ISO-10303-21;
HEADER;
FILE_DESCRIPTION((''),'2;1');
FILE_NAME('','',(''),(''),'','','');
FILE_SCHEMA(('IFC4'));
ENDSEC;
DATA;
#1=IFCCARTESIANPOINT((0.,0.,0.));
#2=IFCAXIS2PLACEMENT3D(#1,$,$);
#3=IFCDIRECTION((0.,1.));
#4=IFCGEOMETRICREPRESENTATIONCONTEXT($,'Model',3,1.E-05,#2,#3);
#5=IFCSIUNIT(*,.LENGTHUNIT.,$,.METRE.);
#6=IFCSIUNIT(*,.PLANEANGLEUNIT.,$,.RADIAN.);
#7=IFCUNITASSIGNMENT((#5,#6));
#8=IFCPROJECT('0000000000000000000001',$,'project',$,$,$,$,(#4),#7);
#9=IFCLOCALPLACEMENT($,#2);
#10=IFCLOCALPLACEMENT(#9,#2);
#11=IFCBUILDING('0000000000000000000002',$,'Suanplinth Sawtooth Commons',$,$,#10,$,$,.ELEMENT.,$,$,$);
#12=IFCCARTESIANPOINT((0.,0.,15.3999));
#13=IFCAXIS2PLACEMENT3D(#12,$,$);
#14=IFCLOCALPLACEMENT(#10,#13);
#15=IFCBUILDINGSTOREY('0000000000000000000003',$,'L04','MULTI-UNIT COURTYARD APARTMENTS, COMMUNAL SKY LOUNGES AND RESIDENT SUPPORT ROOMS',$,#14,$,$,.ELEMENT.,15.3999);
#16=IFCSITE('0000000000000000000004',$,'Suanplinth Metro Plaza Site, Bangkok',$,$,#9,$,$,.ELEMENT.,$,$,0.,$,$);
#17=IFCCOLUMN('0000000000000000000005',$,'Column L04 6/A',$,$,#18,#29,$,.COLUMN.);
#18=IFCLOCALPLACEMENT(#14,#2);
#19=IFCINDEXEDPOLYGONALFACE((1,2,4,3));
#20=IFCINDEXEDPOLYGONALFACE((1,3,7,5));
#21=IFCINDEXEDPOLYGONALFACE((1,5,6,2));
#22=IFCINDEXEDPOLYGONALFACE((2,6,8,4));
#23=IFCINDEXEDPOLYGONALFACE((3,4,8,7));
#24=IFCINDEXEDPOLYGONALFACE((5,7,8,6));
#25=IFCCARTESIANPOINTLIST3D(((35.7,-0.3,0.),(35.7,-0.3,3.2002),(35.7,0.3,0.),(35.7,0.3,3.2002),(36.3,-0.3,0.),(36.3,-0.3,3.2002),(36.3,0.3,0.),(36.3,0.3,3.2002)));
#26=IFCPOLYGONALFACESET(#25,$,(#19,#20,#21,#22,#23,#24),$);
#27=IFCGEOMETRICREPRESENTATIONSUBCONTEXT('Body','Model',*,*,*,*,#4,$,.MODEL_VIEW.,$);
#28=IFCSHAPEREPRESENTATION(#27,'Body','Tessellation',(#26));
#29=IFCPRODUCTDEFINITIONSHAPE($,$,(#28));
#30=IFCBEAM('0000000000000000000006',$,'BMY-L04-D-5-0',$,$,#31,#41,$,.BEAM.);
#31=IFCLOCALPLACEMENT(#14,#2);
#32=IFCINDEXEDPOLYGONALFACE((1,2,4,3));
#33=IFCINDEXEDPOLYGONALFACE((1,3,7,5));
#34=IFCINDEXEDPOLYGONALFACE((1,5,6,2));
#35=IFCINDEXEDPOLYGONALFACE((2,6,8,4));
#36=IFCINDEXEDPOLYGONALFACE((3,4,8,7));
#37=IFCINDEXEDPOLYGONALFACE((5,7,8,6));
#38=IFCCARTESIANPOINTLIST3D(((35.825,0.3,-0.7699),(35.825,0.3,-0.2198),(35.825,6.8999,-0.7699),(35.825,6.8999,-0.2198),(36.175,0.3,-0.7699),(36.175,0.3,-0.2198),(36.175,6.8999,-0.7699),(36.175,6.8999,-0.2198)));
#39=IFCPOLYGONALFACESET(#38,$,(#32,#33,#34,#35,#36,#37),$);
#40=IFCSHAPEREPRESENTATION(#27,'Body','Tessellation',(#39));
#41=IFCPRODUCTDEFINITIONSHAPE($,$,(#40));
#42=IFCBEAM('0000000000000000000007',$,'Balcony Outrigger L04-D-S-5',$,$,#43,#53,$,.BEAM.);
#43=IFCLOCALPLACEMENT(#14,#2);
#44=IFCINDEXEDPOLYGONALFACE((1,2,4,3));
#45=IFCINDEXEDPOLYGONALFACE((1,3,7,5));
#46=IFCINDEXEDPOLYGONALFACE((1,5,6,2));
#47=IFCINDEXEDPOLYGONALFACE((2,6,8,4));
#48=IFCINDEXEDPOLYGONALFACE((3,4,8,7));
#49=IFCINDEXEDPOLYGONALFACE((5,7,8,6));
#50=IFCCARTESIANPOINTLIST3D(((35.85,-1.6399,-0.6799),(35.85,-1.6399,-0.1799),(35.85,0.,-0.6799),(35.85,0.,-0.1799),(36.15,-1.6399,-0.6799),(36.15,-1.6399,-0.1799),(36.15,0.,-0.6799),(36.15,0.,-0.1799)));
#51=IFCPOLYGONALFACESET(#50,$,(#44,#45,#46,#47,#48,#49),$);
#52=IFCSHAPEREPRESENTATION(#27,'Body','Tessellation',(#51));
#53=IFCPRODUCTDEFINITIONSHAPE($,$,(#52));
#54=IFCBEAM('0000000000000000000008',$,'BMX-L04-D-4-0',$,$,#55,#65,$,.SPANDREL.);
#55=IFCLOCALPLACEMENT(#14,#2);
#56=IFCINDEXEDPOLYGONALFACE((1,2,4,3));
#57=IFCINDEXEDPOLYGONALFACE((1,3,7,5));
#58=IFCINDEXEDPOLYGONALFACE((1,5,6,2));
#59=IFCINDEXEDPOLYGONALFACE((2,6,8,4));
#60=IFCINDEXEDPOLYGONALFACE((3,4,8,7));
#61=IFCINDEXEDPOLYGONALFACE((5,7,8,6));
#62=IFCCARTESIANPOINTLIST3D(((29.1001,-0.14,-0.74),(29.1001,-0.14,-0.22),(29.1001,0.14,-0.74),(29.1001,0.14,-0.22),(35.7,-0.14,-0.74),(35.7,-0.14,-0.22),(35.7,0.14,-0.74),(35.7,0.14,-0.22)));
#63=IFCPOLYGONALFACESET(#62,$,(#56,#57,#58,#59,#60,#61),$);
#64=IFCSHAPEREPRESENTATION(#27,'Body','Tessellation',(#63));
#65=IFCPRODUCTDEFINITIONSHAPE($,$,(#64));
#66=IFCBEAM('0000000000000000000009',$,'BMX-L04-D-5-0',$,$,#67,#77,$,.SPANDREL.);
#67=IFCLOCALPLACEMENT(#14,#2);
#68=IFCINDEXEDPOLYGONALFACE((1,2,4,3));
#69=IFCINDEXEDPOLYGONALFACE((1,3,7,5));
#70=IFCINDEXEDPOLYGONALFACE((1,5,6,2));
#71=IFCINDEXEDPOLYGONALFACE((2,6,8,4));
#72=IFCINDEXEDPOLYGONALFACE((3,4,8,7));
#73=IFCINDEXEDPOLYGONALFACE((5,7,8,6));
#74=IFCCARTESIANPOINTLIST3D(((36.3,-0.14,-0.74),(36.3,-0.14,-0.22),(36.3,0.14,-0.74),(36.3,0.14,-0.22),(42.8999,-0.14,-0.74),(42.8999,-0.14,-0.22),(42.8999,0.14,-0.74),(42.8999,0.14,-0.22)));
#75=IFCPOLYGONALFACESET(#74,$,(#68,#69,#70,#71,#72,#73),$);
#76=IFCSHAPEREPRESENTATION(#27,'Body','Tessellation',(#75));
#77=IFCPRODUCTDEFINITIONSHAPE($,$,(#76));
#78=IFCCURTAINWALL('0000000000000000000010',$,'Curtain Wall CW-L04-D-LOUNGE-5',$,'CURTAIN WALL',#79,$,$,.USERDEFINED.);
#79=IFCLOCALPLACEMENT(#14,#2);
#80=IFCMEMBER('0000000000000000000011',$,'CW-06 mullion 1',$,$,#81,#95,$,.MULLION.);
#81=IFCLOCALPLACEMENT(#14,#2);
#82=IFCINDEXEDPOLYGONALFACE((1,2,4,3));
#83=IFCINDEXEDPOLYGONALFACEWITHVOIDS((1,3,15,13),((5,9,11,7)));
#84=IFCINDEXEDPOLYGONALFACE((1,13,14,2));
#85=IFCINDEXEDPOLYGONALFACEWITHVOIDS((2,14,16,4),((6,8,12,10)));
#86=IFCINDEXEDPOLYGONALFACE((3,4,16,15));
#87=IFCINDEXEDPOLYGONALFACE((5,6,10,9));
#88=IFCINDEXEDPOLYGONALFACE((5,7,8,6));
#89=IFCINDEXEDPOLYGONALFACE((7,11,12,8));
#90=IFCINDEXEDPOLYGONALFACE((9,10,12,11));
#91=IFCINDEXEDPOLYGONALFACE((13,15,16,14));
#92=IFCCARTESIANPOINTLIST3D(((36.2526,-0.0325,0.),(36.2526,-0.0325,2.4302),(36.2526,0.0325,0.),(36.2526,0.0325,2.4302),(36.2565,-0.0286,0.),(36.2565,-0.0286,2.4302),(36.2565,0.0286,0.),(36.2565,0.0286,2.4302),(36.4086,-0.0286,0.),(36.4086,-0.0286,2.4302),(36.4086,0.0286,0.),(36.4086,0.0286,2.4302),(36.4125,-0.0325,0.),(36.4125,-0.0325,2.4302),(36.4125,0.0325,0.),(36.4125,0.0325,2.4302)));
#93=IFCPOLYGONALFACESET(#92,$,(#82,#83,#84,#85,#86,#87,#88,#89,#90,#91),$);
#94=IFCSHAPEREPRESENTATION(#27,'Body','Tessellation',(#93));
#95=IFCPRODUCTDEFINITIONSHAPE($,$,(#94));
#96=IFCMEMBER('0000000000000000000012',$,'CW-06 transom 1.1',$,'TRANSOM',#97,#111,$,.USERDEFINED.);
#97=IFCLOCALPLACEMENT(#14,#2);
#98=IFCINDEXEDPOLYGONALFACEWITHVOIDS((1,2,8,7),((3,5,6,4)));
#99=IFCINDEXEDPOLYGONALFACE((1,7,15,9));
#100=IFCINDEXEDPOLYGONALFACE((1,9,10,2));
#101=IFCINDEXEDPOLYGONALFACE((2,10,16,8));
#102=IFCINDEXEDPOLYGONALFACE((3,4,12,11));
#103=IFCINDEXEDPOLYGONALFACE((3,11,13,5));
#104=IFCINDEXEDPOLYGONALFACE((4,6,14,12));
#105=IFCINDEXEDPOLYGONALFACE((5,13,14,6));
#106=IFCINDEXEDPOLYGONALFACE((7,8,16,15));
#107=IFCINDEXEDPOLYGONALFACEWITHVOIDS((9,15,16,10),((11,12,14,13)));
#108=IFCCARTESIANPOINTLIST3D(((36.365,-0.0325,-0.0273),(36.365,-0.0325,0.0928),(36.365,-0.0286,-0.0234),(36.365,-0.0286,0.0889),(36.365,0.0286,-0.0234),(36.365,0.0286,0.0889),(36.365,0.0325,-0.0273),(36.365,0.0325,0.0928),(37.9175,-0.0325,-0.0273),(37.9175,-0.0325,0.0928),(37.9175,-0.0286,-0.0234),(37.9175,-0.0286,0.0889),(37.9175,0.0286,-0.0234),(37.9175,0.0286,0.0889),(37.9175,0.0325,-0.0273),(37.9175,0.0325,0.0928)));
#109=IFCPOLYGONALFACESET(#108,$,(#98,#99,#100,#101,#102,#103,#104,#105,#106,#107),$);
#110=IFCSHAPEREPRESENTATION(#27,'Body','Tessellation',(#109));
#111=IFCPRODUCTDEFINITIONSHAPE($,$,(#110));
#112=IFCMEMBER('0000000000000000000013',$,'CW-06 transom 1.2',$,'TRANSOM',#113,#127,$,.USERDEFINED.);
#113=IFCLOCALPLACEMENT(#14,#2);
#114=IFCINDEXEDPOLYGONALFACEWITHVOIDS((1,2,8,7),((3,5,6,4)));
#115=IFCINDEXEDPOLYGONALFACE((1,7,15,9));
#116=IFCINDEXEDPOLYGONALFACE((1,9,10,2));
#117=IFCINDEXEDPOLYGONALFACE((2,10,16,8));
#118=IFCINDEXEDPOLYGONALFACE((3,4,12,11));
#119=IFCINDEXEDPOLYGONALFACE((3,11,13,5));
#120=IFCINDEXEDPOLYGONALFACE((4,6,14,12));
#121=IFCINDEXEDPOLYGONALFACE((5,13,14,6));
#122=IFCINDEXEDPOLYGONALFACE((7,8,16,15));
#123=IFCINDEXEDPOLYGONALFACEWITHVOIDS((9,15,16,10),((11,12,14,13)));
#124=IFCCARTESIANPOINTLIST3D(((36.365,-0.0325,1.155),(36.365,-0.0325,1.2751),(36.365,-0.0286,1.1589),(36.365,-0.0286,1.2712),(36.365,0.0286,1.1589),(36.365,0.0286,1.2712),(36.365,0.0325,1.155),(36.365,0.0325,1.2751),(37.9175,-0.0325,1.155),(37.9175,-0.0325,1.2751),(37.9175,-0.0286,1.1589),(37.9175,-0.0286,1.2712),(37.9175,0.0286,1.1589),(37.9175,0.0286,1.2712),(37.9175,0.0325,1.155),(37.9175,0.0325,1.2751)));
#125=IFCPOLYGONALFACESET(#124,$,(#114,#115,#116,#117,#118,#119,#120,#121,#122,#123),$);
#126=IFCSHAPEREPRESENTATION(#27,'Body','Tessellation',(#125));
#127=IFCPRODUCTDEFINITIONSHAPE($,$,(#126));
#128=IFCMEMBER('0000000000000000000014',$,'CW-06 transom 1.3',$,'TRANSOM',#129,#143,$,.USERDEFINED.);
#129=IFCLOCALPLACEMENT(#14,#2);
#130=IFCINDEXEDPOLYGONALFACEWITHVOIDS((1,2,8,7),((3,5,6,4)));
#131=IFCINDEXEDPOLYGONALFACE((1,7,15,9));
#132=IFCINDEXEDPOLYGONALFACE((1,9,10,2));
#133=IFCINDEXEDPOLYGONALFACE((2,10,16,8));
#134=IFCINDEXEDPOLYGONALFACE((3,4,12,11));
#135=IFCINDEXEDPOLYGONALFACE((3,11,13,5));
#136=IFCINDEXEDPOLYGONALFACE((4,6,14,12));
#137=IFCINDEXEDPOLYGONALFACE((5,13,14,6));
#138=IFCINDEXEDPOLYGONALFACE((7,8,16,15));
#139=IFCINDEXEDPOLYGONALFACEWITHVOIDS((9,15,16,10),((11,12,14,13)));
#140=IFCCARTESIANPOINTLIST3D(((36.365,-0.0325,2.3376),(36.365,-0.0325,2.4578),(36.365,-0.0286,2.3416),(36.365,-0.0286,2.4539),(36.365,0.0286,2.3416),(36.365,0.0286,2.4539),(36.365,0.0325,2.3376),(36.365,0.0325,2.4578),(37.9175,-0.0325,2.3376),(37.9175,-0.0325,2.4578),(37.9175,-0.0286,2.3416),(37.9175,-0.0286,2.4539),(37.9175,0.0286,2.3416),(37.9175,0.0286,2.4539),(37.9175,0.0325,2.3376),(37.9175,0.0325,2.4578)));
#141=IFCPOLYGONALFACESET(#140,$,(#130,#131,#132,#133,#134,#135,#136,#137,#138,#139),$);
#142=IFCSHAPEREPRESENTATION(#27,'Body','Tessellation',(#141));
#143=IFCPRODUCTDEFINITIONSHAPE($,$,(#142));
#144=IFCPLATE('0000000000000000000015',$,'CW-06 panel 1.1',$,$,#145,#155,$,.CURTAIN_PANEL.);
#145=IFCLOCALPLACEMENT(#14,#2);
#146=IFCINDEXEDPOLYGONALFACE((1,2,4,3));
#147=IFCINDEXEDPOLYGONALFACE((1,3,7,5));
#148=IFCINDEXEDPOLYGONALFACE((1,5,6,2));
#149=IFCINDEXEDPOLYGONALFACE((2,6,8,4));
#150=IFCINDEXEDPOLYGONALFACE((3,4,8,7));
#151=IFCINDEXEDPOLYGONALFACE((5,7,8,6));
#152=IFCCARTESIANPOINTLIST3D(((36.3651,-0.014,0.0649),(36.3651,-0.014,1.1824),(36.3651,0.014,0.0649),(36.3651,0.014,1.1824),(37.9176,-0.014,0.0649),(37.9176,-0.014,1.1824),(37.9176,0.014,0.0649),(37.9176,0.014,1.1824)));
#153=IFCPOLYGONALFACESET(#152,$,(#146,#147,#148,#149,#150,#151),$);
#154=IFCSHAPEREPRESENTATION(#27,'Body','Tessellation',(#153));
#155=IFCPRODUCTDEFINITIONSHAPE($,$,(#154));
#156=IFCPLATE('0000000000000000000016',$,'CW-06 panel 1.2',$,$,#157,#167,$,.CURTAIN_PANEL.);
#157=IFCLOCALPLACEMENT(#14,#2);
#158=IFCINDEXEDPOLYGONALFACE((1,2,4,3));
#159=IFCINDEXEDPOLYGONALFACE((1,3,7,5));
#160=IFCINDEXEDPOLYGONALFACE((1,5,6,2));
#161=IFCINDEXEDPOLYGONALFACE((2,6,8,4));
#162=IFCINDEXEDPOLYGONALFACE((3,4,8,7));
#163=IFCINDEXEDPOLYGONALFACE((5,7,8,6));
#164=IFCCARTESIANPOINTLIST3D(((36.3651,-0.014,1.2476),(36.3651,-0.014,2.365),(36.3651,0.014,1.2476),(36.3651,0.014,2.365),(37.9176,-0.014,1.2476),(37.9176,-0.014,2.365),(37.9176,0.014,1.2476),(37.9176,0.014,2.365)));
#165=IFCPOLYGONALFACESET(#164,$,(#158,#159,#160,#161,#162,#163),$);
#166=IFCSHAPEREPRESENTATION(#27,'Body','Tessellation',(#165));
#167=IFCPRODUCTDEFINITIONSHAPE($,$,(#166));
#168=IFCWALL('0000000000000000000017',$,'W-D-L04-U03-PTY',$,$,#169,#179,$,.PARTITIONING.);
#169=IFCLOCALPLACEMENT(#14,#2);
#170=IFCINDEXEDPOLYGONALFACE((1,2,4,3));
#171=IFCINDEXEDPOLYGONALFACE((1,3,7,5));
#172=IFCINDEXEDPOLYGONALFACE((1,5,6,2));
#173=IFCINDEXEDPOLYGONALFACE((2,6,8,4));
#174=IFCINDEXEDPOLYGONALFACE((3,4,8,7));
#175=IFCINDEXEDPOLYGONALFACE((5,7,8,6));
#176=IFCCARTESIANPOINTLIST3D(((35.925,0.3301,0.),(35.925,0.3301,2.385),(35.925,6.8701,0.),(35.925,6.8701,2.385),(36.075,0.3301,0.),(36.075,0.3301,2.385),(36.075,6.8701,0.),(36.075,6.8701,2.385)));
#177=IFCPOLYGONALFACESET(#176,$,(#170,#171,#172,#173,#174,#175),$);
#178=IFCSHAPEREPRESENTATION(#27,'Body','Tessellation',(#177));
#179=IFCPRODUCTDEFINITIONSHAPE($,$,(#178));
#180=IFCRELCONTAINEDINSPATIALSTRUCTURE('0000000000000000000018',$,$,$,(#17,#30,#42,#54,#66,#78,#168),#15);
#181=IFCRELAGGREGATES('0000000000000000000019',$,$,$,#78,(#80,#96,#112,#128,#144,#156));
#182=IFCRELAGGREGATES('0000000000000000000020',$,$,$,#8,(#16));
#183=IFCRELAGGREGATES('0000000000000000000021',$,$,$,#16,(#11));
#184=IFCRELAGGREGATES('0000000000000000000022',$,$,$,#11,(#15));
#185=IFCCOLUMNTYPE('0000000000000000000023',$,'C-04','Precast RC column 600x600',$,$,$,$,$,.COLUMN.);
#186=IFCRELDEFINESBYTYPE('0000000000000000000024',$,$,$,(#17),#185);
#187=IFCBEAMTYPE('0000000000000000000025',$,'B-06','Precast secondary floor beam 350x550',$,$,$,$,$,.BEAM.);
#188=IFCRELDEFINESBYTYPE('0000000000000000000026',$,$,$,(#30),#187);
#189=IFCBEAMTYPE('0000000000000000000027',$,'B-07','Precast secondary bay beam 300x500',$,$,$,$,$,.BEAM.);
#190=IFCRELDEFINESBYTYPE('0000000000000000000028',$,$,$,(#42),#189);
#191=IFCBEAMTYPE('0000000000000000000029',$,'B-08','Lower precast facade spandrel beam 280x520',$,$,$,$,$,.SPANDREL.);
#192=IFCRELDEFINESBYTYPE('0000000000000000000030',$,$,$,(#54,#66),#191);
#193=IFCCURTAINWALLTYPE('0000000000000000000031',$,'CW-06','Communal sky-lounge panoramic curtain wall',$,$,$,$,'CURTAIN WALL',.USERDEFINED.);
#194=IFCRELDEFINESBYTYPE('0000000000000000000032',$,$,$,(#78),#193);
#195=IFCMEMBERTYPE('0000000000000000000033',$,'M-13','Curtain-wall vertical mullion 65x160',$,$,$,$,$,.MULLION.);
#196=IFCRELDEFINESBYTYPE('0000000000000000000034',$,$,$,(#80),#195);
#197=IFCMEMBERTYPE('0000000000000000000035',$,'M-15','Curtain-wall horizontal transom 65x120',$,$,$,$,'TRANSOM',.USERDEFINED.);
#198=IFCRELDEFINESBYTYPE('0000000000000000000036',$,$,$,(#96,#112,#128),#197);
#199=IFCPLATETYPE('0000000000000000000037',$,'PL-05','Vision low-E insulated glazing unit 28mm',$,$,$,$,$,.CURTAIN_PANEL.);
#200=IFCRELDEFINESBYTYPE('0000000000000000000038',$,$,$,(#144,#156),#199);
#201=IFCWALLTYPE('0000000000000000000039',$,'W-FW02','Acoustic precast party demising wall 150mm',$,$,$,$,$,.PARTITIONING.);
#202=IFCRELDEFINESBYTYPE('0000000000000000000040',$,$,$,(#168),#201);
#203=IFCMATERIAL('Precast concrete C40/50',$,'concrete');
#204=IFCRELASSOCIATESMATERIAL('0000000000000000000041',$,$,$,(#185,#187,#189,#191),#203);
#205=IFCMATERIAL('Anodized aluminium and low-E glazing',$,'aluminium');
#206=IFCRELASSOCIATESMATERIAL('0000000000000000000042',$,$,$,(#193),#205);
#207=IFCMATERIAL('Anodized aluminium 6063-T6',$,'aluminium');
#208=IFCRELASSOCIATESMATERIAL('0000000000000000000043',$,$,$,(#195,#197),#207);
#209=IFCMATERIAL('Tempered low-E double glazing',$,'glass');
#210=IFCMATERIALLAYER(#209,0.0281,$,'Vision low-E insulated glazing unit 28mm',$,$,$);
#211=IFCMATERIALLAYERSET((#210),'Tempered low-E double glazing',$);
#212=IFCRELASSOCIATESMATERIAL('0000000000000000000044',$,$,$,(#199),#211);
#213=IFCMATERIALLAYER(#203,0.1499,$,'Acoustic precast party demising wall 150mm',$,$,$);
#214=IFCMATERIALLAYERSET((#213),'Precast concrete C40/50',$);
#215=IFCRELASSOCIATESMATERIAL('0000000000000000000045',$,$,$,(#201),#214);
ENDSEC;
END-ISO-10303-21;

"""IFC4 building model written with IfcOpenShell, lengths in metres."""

from ifc_helpers import new_model, si_unit, direction, frame, frame_2d, origin, origin_2d, place, context, subcontext, project, spatial, rectangle, hollow_rectangle, extrude, material, layer, layer_set, material_profile, profile_set, type_object, element, aggregate, save


model = new_model("IFC4")

# Units and contexts
model_context = context("Model", 3, precision=1e-05, world=origin(), true_north=direction((0.0, 1.0)))
body_context = subcontext(model_context, "Body", "Model", "MODEL_VIEW")
ifc_project = project(units=[si_unit("LENGTHUNIT", "METRE"), si_unit("PLANEANGLEUNIT", "RADIAN")], contexts=[model_context])

# Site, building, storey
site_placement = place(None, origin())
site = spatial("IfcSite", under=ifc_project, at=site_placement, Name="Suanplinth Metro Plaza Site, Bangkok", CompositionType="ELEMENT", RefElevation=0.0)
building_placement = place(site_placement, origin())
building = spatial("IfcBuilding", under=site, at=building_placement, Name="Suanplinth Sawtooth Commons", CompositionType="ELEMENT")
storey_placement = place(building_placement, frame((0.0, 0.0, 15.3999)))
storey = spatial("IfcBuildingStorey", under=building, at=storey_placement, Name="L04", Description="MULTI-UNIT COURTYARD APARTMENTS, COMMUNAL SKY LOUNGES AND RESIDENT SUPPORT ROOMS", CompositionType="ELEMENT", Elevation=15.3999)

# Column
ifc_material_1 = material(Name="Precast concrete C40/50", Category="concrete")
ifc_material_profile_1 = material_profile(ifc_material_1, rectangle(XDim=0.6001, YDim=0.6001, at=origin_2d()), Name="PC-COL 600x600")
ifc_profile_set_1 = profile_set([ifc_material_profile_1], Name="Precast concrete C40/50")
column_type = type_object("IfcColumnType", Name="C-04", Description="Precast RC column 600x600", PredefinedType="COLUMN", material=ifc_profile_set_1)
column_placement = place(storey_placement, frame((36.0, 0.0, 0.0), z_axis=(0.0, 0.0, 1.0), x_axis=(1.0, 0.0, 0.0)))
element("IfcColumn", 1, at=column_placement, inside=storey, type_object=column_type, Name="Column L04 6/A", PredefinedType="COLUMN", context=body_context, shape_type="SweptSolid", body=[
    extrude(rectangle(XDim=0.6001, YDim=0.6001, at=origin_2d()), origin(), (0.0, 0.0, 1.0), 3.2002),
])

# Beams
ifc_material_profile_2 = material_profile(ifc_material_1, rectangle(XDim=0.3501, YDim=0.55, at=origin_2d()), Name="PC-BM 350x550")
ifc_profile_set_2 = profile_set([ifc_material_profile_2], Name="Precast concrete C40/50")
beam_type_1 = type_object("IfcBeamType", Name="B-06", Description="Precast secondary floor beam 350x550", PredefinedType="BEAM", material=ifc_profile_set_2)
beam_1_placement = place(storey_placement, frame((36.0, 0.3, -0.4949), z_axis=(0.0, 1.0, 0.0), x_axis=(-1.0, 0.0, 0.0)))
element("IfcBeam", 2, at=beam_1_placement, inside=storey, type_object=beam_type_1, Name="BMY-L04-D-5-0", PredefinedType="BEAM", context=body_context, shape_type="SweptSolid", body=[
    extrude(rectangle(XDim=0.3501, YDim=0.55, at=origin_2d()), origin(), (0.0, 0.0, 1.0), 6.5999),
])
ifc_material_profile_3 = material_profile(ifc_material_1, rectangle(XDim=0.3, YDim=0.5, at=origin_2d()), Name="PC-BM 300x500")
ifc_profile_set_3 = profile_set([ifc_material_profile_3], Name="Precast concrete C40/50")
beam_type_2 = type_object("IfcBeamType", Name="B-07", Description="Precast secondary bay beam 300x500", PredefinedType="BEAM", material=ifc_profile_set_3)
beam_2_placement = place(storey_placement, frame((36.0, 0.0, -0.4299), z_axis=(0.0, -1.0, 0.0), x_axis=(1.0, 0.0, 0.0)))
element("IfcBeam", 3, at=beam_2_placement, inside=storey, type_object=beam_type_2, Name="Balcony Outrigger L04-D-S-5", PredefinedType="BEAM", context=body_context, shape_type="SweptSolid", body=[
    extrude(rectangle(XDim=0.3, YDim=0.5, at=origin_2d()), origin(), (0.0, 0.0, 1.0), 1.6399),
])
ifc_material_profile_4 = material_profile(ifc_material_1, rectangle(XDim=0.28, YDim=0.52, at=origin_2d()), Name="PC-SP 280x520")
ifc_profile_set_4 = profile_set([ifc_material_profile_4], Name="Precast concrete C40/50")
beam_type_3 = type_object("IfcBeamType", Name="B-08", Description="Lower precast facade spandrel beam 280x520", PredefinedType="SPANDREL", material=ifc_profile_set_4)
for number, where, z_axis, x_axis, name in (
    (4, (29.1001, 0.0, -0.48), (1.0, 0.0, 0.0), (0.0, 1.0, 0.0), "BMX-L04-D-4-0"),
    (5, (36.3, 0.0, -0.48), (1.0, 0.0, 0.0), (0.0, 1.0, 0.0), "BMX-L04-D-5-0"),
):
    element("IfcBeam", number, at=place(storey_placement, frame(where, z_axis=z_axis, x_axis=x_axis)), inside=storey, type_object=beam_type_3, Name=name, PredefinedType="SPANDREL", context=body_context, shape_type="SweptSolid", body=[
        extrude(rectangle(XDim=0.28, YDim=0.52, at=origin_2d()), origin(), (0.0, 0.0, 1.0), 6.5999),
    ])

# Curtain wall, members, plates
ifc_material_2 = material(Name="Anodized aluminium and low-E glazing", Category="aluminium")
curtain_wall_type = type_object("IfcCurtainWallType", Name="CW-06", Description="Communal sky-lounge panoramic curtain wall", ElementType="CURTAIN WALL", PredefinedType="USERDEFINED", material=ifc_material_2)
curtain_wall_placement = place(storey_placement, origin())
curtain_wall = element("IfcCurtainWall", 6, at=curtain_wall_placement, inside=storey, type_object=curtain_wall_type, Name="Curtain Wall CW-L04-D-LOUNGE-5", ObjectType="CURTAIN WALL", PredefinedType="USERDEFINED")
ifc_material_3 = material(Name="Anodized aluminium 6063-T6", Category="aluminium")
ifc_material_profile_5 = material_profile(ifc_material_3, hollow_rectangle(XDim=0.0649, YDim=0.1599, WallThickness=0.0039, at=origin_2d()), Name="ALU-MUL 65x160")
ifc_profile_set_5 = profile_set([ifc_material_profile_5], Name="Anodized aluminium 6063-T6")
member_type_1 = type_object("IfcMemberType", Name="M-13", Description="Curtain-wall vertical mullion 65x160", PredefinedType="MULLION", material=ifc_profile_set_5)
member_1_placement = place(storey_placement, frame((36.3325, 0.0, 0.0), z_axis=(0.0, 0.0, 1.0), x_axis=(0.0, 1.0, 0.0)))
member_1 = element("IfcMember", 7, at=member_1_placement, type_object=member_type_1, Name="CW-06 mullion 1", PredefinedType="MULLION", context=body_context, shape_type="SweptSolid", body=[
    extrude(hollow_rectangle(XDim=0.0649, YDim=0.1599, WallThickness=0.0039, at=origin_2d()), origin(), (0.0, 0.0, 1.0), 2.4302),
])
ifc_material_profile_6 = material_profile(ifc_material_3, hollow_rectangle(XDim=0.0649, YDim=0.1201, WallThickness=0.0039, at=origin_2d()), Name="ALU-TRN 65x120")
ifc_profile_set_6 = profile_set([ifc_material_profile_6], Name="Anodized aluminium 6063-T6")
member_type_2 = type_object("IfcMemberType", Name="M-15", Description="Curtain-wall horizontal transom 65x120", ElementType="TRANSOM", PredefinedType="USERDEFINED", material=ifc_profile_set_6)
member_2_placement = place(storey_placement, frame((36.365, 0.0, 0.0327), z_axis=(1.0, 0.0, 0.0), x_axis=(0.0, 1.0, 0.0)))
member_2 = element("IfcMember", 8, at=member_2_placement, type_object=member_type_2, Name="CW-06 transom 1.1", ObjectType="TRANSOM", PredefinedType="USERDEFINED", context=body_context, shape_type="SweptSolid", body=[
    extrude(hollow_rectangle(XDim=0.0649, YDim=0.1201, WallThickness=0.0039, at=origin_2d()), origin(), (0.0, 0.0, 1.0), 1.5525),
])
member_3_placement = place(storey_placement, frame((36.365, 0.0, 1.2151), z_axis=(1.0, 0.0, 0.0), x_axis=(0.0, 1.0, 0.0)))
member_3 = element("IfcMember", 9, at=member_3_placement, type_object=member_type_2, Name="CW-06 transom 1.2", ObjectType="TRANSOM", PredefinedType="USERDEFINED", context=body_context, shape_type="SweptSolid", body=[
    extrude(hollow_rectangle(XDim=0.0649, YDim=0.1201, WallThickness=0.0039, at=origin_2d()), origin(), (0.0, 0.0, 1.0), 1.5525),
])
member_4_placement = place(storey_placement, frame((36.365, 0.0, 2.3977), z_axis=(1.0, 0.0, 0.0), x_axis=(0.0, 1.0, 0.0)))
member_4 = element("IfcMember", 10, at=member_4_placement, type_object=member_type_2, Name="CW-06 transom 1.3", ObjectType="TRANSOM", PredefinedType="USERDEFINED", context=body_context, shape_type="SweptSolid", body=[
    extrude(hollow_rectangle(XDim=0.0649, YDim=0.1201, WallThickness=0.0039, at=origin_2d()), origin(), (0.0, 0.0, 1.0), 1.5525),
])
ifc_material_4 = material(Name="Tempered low-E double glazing", Category="glass")
ifc_layer_1 = layer(ifc_material_4, 0.0281, Name="Vision low-E insulated glazing unit 28mm")
ifc_layer_set_1 = layer_set([ifc_layer_1], Name="Tempered low-E double glazing")
plate_type = type_object("IfcPlateType", Name="PL-05", Description="Vision low-E insulated glazing unit 28mm", PredefinedType="CURTAIN_PANEL", material=ifc_layer_set_1)
plate_1_placement = place(storey_placement, frame((37.1414, 0.0, 0.0649), z_axis=(0.0, 0.0, 1.0), x_axis=(1.0, 0.0, 0.0)))
plate_1 = element("IfcPlate", 11, at=plate_1_placement, type_object=plate_type, Name="CW-06 panel 1.1", PredefinedType="CURTAIN_PANEL", context=body_context, shape_type="SweptSolid", body=[
    extrude(rectangle(XDim=1.5525, YDim=0.0281, at=origin_2d()), origin(), (0.0, 0.0, 1.0), 1.1174),
])
plate_2_placement = place(storey_placement, frame((37.1414, 0.0, 1.2476), z_axis=(0.0, 0.0, 1.0), x_axis=(1.0, 0.0, 0.0)))
plate_2 = element("IfcPlate", 12, at=plate_2_placement, type_object=plate_type, Name="CW-06 panel 1.2", PredefinedType="CURTAIN_PANEL", context=body_context, shape_type="SweptSolid", body=[
    extrude(rectangle(XDim=1.5525, YDim=0.0281, at=origin_2d()), origin(), (0.0, 0.0, 1.0), 1.1174),
])
aggregate(curtain_wall, [member_1, member_2, member_3, member_4, plate_1, plate_2])

# Wall
ifc_layer_2 = layer(ifc_material_1, 0.1499, Name="Acoustic precast party demising wall 150mm")
ifc_layer_set_2 = layer_set([ifc_layer_2], Name="Precast concrete C40/50")
wall_type_1 = type_object("IfcWallType", Name="W-FW02", Description="Acoustic precast party demising wall 150mm", PredefinedType="PARTITIONING", material=ifc_layer_set_2)
wall_1_placement = place(storey_placement, frame((36.0, 0.3301, 0.0), z_axis=(0.0, 0.0, 1.0), x_axis=(0.0, 1.0, 0.0)))
element("IfcWall", 13, at=wall_1_placement, inside=storey, type_object=wall_type_1, Name="W-D-L04-U03-PTY", PredefinedType="PARTITIONING", context=body_context, shape_type="SweptSolid", body=[
    extrude(rectangle(XDim=6.54, YDim=0.1499, at=frame_2d((3.27, 0.0))), origin(), (0.0, 0.0, 1.0), 2.385),
])

save(model, "model.ifc")
